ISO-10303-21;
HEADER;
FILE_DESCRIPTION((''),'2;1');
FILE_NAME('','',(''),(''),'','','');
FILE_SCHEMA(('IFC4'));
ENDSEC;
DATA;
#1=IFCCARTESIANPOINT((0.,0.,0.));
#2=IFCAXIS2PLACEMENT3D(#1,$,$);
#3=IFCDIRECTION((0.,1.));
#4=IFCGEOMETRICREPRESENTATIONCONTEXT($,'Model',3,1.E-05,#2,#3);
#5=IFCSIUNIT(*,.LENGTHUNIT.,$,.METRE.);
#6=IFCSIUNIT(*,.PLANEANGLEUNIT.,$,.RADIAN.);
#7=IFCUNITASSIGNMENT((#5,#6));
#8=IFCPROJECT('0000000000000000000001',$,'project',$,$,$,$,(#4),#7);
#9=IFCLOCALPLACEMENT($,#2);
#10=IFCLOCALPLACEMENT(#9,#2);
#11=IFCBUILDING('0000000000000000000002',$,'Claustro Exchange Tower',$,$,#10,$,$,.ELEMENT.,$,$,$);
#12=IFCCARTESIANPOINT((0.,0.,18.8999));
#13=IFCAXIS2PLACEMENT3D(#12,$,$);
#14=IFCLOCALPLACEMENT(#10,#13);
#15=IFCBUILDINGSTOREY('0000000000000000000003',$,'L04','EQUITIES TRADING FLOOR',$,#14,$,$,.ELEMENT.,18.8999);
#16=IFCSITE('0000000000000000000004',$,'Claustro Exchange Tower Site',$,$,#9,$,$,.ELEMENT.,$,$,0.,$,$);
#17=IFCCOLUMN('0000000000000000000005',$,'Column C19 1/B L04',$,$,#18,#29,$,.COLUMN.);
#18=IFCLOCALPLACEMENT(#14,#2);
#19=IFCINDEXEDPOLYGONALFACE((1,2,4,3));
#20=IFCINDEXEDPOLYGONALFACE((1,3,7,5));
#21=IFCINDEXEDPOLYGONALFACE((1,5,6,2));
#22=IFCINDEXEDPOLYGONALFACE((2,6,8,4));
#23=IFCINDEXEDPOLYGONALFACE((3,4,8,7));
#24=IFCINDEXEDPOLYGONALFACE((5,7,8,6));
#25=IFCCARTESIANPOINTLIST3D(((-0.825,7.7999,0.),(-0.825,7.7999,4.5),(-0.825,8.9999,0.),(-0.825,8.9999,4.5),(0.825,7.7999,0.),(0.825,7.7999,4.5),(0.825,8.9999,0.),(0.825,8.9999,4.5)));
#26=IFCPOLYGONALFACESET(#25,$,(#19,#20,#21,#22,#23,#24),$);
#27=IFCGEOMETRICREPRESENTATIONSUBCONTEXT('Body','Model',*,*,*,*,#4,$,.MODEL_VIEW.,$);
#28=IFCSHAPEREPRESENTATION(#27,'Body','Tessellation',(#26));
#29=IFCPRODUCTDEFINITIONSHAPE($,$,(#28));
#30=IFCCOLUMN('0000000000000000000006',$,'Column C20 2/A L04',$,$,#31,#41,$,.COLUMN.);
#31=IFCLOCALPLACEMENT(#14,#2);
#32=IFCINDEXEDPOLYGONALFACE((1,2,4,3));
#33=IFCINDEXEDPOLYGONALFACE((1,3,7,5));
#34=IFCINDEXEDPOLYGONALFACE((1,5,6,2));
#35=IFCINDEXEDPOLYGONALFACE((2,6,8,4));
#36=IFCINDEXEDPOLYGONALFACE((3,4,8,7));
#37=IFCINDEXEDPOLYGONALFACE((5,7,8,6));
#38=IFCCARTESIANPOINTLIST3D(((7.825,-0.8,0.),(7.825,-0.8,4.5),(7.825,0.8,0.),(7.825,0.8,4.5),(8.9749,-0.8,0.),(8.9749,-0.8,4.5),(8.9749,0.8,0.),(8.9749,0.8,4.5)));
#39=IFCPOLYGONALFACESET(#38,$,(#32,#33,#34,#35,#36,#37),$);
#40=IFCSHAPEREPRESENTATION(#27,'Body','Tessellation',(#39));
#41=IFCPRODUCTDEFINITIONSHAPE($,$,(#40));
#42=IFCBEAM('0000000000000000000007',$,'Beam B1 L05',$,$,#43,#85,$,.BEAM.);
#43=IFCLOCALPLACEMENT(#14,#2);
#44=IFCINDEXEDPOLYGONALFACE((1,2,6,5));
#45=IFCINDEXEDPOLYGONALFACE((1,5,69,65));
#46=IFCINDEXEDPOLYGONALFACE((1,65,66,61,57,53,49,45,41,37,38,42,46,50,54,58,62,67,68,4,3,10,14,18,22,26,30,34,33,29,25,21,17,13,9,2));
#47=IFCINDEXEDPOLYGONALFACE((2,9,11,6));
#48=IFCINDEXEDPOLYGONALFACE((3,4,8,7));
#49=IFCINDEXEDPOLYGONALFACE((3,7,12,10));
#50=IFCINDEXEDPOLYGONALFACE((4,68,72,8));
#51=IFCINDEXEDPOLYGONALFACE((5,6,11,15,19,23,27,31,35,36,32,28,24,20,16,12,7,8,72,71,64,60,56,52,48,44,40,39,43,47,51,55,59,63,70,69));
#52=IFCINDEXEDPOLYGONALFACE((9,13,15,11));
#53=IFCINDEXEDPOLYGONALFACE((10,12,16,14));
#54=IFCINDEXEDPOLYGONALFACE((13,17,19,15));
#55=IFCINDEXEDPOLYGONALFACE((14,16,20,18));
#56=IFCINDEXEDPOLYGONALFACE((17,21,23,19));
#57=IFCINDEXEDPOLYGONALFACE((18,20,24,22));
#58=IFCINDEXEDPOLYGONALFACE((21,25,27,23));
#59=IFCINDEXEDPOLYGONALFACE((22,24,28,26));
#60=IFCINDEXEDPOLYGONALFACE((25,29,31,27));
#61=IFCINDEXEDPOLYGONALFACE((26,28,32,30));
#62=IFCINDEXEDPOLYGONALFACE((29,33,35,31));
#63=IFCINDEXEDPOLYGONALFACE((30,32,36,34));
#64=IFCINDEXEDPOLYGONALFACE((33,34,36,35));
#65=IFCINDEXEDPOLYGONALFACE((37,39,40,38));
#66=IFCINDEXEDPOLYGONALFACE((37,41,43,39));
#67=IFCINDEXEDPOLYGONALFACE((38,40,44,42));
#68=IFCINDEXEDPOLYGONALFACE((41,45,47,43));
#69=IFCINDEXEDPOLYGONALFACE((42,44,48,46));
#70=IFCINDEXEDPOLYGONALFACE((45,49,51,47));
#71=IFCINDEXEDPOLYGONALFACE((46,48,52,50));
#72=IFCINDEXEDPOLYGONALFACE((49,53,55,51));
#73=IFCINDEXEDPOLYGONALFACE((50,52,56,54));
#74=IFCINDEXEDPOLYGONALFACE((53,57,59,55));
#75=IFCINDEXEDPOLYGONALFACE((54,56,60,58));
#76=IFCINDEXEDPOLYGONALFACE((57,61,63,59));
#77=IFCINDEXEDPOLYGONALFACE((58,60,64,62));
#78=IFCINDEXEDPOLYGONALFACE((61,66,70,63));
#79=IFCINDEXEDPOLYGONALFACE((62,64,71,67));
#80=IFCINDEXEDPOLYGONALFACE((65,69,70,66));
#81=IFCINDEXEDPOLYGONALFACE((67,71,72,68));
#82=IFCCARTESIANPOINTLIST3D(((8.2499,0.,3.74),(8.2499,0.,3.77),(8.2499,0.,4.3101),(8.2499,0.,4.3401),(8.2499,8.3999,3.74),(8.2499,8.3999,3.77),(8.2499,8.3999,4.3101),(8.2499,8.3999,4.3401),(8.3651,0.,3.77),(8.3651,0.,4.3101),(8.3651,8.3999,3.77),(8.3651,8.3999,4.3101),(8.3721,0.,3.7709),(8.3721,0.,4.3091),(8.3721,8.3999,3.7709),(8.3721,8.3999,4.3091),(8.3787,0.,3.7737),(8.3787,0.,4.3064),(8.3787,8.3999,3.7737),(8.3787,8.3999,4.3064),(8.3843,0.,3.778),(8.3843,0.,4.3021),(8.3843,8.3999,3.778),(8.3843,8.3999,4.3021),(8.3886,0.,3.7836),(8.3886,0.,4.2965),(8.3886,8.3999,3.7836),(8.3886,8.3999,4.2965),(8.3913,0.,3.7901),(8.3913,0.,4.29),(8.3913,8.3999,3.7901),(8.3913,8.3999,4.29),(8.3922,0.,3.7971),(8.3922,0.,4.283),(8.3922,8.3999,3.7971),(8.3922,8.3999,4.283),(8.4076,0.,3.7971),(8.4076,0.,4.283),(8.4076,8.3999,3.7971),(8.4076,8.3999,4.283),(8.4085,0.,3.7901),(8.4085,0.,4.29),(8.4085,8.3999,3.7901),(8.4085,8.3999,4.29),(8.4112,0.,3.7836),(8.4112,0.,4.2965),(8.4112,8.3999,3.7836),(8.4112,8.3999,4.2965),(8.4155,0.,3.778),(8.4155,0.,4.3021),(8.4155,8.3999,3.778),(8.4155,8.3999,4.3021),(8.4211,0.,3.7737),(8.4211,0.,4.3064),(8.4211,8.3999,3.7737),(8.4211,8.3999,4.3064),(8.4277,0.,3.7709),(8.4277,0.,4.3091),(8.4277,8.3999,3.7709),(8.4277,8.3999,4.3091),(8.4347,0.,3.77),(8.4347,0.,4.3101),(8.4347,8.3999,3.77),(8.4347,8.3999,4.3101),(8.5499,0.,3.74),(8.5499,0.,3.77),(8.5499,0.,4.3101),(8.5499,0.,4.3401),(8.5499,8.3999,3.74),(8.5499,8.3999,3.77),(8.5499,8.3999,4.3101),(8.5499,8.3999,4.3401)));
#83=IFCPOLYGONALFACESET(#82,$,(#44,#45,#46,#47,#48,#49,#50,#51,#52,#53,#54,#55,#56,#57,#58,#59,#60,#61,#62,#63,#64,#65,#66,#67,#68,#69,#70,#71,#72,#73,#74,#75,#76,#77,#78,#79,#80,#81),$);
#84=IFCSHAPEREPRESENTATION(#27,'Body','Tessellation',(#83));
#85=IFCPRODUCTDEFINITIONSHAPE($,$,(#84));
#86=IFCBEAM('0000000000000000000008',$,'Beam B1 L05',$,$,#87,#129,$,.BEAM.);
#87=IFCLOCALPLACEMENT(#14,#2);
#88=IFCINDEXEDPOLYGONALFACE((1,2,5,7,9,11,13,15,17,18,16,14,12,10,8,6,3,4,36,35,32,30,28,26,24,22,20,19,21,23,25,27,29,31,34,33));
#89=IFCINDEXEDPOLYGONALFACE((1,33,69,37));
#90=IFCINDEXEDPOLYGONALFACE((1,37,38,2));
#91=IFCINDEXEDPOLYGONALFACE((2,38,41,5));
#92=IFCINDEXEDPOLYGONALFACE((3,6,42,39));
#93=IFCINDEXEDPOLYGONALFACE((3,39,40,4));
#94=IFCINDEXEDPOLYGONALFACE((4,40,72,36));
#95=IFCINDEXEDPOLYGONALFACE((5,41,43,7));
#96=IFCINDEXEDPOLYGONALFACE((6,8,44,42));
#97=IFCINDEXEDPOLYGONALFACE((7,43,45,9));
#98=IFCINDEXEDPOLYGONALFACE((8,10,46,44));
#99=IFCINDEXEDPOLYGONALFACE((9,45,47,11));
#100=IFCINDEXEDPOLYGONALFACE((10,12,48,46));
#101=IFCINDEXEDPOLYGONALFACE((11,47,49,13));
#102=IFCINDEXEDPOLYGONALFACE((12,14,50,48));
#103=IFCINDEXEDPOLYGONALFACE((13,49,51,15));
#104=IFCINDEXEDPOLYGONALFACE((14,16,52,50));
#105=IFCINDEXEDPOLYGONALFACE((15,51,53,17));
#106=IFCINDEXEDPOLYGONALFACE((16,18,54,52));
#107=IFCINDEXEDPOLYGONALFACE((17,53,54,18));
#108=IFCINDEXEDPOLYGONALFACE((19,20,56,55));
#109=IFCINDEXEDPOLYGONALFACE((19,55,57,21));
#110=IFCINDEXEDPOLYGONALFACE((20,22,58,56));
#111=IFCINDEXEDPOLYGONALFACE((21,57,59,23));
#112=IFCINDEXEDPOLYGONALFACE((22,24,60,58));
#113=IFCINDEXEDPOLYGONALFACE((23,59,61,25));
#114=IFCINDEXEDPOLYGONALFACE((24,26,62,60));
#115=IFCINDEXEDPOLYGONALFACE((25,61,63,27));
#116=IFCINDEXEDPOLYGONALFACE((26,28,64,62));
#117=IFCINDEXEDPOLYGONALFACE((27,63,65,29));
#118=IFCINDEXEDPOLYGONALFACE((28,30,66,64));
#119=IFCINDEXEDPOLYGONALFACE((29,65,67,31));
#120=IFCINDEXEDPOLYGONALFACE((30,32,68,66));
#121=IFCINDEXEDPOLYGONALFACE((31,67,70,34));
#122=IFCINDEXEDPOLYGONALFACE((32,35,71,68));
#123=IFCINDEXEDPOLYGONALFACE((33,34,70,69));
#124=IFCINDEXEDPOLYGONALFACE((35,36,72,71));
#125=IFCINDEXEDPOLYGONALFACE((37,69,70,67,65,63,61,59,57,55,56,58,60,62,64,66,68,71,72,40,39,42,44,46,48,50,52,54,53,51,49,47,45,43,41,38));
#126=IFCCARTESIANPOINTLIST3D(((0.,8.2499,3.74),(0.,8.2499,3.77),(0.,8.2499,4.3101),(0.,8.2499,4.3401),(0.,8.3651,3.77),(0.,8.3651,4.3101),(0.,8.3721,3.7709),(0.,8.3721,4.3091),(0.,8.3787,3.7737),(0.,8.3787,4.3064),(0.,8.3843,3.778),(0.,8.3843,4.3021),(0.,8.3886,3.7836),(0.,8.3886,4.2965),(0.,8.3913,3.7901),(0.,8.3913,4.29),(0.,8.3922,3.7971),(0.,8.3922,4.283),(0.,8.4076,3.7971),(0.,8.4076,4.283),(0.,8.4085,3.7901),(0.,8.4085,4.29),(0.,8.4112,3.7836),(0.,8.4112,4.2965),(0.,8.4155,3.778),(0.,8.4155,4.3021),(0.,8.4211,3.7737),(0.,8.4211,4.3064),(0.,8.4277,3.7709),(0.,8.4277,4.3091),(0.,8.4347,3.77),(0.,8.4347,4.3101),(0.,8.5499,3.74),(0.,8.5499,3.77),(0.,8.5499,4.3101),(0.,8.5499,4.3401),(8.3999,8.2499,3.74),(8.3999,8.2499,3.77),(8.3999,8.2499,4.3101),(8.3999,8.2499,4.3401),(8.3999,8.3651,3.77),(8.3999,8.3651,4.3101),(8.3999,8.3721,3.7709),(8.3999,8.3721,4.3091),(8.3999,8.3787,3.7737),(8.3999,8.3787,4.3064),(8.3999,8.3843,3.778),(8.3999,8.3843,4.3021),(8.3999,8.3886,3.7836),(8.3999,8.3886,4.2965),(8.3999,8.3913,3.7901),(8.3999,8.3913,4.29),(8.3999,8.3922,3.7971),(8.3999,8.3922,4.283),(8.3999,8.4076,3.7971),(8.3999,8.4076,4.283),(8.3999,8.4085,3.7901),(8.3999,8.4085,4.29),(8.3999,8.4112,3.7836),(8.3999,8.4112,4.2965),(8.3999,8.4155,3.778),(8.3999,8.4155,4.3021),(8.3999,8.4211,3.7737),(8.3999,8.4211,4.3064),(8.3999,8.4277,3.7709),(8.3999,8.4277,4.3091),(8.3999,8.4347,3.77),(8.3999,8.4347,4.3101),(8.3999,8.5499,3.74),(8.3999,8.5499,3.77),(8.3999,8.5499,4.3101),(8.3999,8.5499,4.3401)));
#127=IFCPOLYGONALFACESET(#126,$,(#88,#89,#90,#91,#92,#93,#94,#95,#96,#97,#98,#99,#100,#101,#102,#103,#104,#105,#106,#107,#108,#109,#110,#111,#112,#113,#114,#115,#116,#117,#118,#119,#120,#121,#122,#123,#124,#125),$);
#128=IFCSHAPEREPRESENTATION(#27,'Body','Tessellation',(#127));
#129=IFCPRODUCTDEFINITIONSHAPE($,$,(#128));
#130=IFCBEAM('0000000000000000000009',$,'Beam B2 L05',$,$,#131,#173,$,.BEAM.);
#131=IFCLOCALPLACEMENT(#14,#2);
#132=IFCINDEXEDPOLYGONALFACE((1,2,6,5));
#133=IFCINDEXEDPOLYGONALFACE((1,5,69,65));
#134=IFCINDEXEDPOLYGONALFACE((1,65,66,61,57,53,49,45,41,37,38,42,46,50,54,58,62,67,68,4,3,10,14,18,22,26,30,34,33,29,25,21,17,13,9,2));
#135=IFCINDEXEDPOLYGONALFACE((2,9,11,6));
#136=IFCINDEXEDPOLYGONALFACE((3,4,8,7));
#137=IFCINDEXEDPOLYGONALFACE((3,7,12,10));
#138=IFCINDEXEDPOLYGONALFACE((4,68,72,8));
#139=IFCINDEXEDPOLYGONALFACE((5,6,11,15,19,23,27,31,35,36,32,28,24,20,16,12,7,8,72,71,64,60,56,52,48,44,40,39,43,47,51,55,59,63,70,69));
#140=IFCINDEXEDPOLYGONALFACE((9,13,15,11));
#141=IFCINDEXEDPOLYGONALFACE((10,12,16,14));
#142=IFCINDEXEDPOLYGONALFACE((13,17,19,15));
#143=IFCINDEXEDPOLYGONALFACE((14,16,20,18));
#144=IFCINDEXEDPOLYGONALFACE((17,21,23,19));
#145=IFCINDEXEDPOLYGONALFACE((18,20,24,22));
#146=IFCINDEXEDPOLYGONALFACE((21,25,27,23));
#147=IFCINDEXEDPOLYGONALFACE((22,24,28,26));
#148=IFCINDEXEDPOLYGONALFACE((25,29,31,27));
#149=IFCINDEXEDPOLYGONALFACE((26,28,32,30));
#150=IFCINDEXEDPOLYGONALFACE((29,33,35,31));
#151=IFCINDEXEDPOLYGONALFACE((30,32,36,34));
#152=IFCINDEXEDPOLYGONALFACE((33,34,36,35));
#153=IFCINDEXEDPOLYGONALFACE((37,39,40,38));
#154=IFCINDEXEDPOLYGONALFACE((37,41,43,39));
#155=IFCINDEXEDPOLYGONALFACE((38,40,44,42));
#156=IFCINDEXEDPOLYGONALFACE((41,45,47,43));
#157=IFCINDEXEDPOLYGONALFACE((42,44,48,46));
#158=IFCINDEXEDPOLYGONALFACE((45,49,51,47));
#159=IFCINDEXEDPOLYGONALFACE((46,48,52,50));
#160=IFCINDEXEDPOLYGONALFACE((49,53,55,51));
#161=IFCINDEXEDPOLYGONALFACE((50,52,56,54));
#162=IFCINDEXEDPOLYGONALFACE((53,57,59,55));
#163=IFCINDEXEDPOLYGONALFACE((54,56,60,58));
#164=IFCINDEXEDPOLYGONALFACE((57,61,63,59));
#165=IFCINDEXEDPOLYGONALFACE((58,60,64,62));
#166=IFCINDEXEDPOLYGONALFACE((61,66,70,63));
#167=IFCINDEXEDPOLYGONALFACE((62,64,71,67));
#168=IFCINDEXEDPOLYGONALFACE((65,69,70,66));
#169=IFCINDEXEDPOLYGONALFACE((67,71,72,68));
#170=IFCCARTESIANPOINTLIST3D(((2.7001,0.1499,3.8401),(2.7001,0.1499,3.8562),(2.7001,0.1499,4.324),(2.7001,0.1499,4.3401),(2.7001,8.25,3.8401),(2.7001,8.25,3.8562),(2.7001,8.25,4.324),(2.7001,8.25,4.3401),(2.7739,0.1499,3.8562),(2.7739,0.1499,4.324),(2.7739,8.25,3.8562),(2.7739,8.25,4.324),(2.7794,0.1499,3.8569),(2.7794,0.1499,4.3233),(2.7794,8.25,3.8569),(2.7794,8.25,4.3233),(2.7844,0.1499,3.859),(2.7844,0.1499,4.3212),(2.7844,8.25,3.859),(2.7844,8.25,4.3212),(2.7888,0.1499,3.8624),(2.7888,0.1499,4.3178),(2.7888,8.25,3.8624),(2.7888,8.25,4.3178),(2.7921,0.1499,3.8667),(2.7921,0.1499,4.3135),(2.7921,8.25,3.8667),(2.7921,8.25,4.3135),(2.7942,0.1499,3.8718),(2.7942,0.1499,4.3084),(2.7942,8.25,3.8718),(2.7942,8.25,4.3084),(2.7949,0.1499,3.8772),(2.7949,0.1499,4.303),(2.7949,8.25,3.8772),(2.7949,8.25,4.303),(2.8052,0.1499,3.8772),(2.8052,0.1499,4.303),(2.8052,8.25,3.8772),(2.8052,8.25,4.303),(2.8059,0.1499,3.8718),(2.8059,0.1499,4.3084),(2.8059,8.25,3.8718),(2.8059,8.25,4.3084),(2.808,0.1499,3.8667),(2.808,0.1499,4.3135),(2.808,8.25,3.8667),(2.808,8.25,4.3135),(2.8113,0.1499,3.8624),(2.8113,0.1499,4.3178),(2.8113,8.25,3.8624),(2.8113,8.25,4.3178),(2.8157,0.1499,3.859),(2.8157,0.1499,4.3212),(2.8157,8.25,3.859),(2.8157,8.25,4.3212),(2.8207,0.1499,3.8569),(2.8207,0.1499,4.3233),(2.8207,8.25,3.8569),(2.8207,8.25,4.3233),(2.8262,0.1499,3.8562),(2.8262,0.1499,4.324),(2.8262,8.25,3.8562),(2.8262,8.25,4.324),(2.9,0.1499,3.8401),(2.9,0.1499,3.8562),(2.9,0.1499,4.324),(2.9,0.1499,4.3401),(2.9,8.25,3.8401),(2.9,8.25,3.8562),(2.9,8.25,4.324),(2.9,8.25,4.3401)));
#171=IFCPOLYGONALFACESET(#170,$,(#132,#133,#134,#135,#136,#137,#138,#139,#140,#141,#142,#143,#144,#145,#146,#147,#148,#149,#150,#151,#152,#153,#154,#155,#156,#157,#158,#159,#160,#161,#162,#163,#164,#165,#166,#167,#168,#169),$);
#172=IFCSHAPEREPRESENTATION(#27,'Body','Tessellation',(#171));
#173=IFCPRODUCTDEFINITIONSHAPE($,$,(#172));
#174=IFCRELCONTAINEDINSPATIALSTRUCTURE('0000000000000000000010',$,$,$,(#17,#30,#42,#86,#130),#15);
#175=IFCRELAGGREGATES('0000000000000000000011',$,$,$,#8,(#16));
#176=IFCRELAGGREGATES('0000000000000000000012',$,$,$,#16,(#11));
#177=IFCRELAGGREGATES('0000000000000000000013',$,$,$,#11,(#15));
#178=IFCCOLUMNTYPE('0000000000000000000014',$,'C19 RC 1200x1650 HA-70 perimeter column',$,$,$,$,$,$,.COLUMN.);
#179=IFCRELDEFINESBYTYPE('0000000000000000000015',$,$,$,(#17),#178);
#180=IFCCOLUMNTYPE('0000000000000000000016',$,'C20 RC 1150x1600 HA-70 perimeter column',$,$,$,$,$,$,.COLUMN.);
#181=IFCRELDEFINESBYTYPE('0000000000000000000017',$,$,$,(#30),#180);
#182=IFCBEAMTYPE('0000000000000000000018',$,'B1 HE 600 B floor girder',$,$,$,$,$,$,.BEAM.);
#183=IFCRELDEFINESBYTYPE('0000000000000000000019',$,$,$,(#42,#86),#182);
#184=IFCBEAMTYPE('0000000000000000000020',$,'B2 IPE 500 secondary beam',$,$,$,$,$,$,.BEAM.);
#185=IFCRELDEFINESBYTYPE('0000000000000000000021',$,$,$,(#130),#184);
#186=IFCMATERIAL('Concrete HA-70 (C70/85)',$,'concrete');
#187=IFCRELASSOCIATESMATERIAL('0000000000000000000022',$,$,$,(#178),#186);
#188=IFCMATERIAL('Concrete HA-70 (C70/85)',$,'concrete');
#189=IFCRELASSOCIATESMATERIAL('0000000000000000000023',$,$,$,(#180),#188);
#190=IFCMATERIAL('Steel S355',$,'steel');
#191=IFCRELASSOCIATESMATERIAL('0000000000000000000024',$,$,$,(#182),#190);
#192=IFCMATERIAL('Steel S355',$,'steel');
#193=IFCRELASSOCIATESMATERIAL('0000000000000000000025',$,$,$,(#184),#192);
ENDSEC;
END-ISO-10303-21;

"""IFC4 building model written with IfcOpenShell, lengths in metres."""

from ifc_helpers import new_model, si_unit, direction, frame, origin, origin_2d, place, context, subcontext, project, spatial, rectangle, i_section, extrude, material, material_profile, profile_set, type_object, element, save


model = new_model("IFC4")

# Units and contexts
model_context = context("Model", 3, precision=1e-05, world=origin(), true_north=direction((0.0, 1.0)))
body_context = subcontext(model_context, "Body", "Model", "MODEL_VIEW")
ifc_project = project(units=[si_unit("LENGTHUNIT", "METRE"), si_unit("PLANEANGLEUNIT", "RADIAN")], contexts=[model_context])

# Site, building, storey
site_placement = place(None, origin())
site = spatial("IfcSite", under=ifc_project, at=site_placement, Name="Claustro Exchange Tower Site", CompositionType="ELEMENT", RefElevation=0.0)
building_placement = place(site_placement, origin())
building = spatial("IfcBuilding", under=site, at=building_placement, Name="Claustro Exchange Tower", CompositionType="ELEMENT")
storey_placement = place(building_placement, frame((0.0, 0.0, 18.8999)))
storey = spatial("IfcBuildingStorey", under=building, at=storey_placement, Name="L04", Description="EQUITIES TRADING FLOOR", CompositionType="ELEMENT", Elevation=18.8999)

# Columns
ifc_material_1 = material(Name="Concrete HA-70 (C70/85)", Category="concrete")
ifc_material_profile_1 = material_profile(ifc_material_1, rectangle(XDim=1.2, YDim=1.6499, at=origin_2d()), Name="RC 1200x1650")
ifc_profile_set_1 = profile_set([ifc_material_profile_1], Name="Concrete HA-70 (C70/85)")
column_type_1 = type_object("IfcColumnType", Name="C19 RC 1200x1650 HA-70 perimeter column", PredefinedType="COLUMN", material=ifc_profile_set_1)
column_1_placement = place(storey_placement, frame((0.0, 8.3999, 0.0), z_axis=(0.0, 0.0, 1.0), x_axis=(0.0, 1.0, 0.0)))
element("IfcColumn", 1, at=column_1_placement, inside=storey, type_object=column_type_1, Name="Column C19 1/B L04", PredefinedType="COLUMN", context=body_context, shape_type="SweptSolid", body=[
    extrude(rectangle(XDim=1.2, YDim=1.6499, at=origin_2d()), origin(), (0.0, 0.0, 1.0), 4.5),
])
ifc_material_2 = material(Name="Concrete HA-70 (C70/85)", Category="concrete")
ifc_material_profile_2 = material_profile(ifc_material_2, rectangle(XDim=1.1499, YDim=1.6001, at=origin_2d()), Name="RC 1150x1600")
ifc_profile_set_2 = profile_set([ifc_material_profile_2], Name="Concrete HA-70 (C70/85)")
column_type_2 = type_object("IfcColumnType", Name="C20 RC 1150x1600 HA-70 perimeter column", PredefinedType="COLUMN", material=ifc_profile_set_2)
column_2_placement = place(storey_placement, frame((8.3999, 0.0, 0.0), z_axis=(0.0, 0.0, 1.0), x_axis=(1.0, 0.0, 0.0)))
element("IfcColumn", 2, at=column_2_placement, inside=storey, type_object=column_type_2, Name="Column C20 2/A L04", PredefinedType="COLUMN", context=body_context, shape_type="SweptSolid", body=[
    extrude(rectangle(XDim=1.1499, YDim=1.6001, at=origin_2d()), origin(), (0.0, 0.0, 1.0), 4.5),
])

# Beams
ifc_material_3 = material(Name="Steel S355", Category="steel")
ifc_material_profile_3 = material_profile(ifc_material_3, i_section(OverallWidth=0.3, OverallDepth=0.6001, WebThickness=0.0154, FlangeThickness=0.03, FilletRadius=0.0271, at=origin_2d()), Name="HE 600 B")
ifc_profile_set_3 = profile_set([ifc_material_profile_3], Name="Steel S355")
beam_type_1 = type_object("IfcBeamType", Name="B1 HE 600 B floor girder", PredefinedType="BEAM", material=ifc_profile_set_3)
for number, where, z_axis, x_axis, name in (
    (3, (8.3999, 0.0, 4.04), (0.0, 1.0, 0.0), (-1.0, 0.0, 0.0), "Beam B1 L05"),
    (4, (0.0, 8.3999, 4.04), (1.0, 0.0, 0.0), (0.0, 1.0, 0.0), "Beam B1 L05"),
):
    element("IfcBeam", number, at=place(storey_placement, frame(where, z_axis=z_axis, x_axis=x_axis)), inside=storey, type_object=beam_type_1, Name=name, PredefinedType="BEAM", context=body_context, shape_type="SweptSolid", body=[
        extrude(i_section(OverallWidth=0.3, OverallDepth=0.6001, WebThickness=0.0154, FlangeThickness=0.03, FilletRadius=0.0271, at=origin_2d()), origin(), (0.0, 0.0, 1.0), 8.3999),
    ])
ifc_material_4 = material(Name="Steel S355", Category="steel")
ifc_material_profile_4 = material_profile(ifc_material_4, i_section(OverallWidth=0.2, OverallDepth=0.5, WebThickness=0.0103, FlangeThickness=0.0161, FilletRadius=0.021, at=origin_2d()), Name="IPE 500")
ifc_profile_set_4 = profile_set([ifc_material_profile_4], Name="Steel S355")
beam_type_2 = type_object("IfcBeamType", Name="B2 IPE 500 secondary beam", PredefinedType="BEAM", material=ifc_profile_set_4)
for number, where, z_axis, x_axis, name in (
    (5, (2.8, 0.1499, 4.0901), (0.0, 1.0, 0.0), (-1.0, 0.0, 0.0), "Beam B2 L05"),
):
    element("IfcBeam", number, at=place(storey_placement, frame(where, z_axis=z_axis, x_axis=x_axis)), inside=storey, type_object=beam_type_2, Name=name, PredefinedType="BEAM", context=body_context, shape_type="SweptSolid", body=[
        extrude(i_section(OverallWidth=0.2, OverallDepth=0.5, WebThickness=0.0103, FlangeThickness=0.0161, FilletRadius=0.021, at=origin_2d()), origin(), (0.0, 0.0, 1.0), 8.1001),
    ])

save(model, "model.ifc")
